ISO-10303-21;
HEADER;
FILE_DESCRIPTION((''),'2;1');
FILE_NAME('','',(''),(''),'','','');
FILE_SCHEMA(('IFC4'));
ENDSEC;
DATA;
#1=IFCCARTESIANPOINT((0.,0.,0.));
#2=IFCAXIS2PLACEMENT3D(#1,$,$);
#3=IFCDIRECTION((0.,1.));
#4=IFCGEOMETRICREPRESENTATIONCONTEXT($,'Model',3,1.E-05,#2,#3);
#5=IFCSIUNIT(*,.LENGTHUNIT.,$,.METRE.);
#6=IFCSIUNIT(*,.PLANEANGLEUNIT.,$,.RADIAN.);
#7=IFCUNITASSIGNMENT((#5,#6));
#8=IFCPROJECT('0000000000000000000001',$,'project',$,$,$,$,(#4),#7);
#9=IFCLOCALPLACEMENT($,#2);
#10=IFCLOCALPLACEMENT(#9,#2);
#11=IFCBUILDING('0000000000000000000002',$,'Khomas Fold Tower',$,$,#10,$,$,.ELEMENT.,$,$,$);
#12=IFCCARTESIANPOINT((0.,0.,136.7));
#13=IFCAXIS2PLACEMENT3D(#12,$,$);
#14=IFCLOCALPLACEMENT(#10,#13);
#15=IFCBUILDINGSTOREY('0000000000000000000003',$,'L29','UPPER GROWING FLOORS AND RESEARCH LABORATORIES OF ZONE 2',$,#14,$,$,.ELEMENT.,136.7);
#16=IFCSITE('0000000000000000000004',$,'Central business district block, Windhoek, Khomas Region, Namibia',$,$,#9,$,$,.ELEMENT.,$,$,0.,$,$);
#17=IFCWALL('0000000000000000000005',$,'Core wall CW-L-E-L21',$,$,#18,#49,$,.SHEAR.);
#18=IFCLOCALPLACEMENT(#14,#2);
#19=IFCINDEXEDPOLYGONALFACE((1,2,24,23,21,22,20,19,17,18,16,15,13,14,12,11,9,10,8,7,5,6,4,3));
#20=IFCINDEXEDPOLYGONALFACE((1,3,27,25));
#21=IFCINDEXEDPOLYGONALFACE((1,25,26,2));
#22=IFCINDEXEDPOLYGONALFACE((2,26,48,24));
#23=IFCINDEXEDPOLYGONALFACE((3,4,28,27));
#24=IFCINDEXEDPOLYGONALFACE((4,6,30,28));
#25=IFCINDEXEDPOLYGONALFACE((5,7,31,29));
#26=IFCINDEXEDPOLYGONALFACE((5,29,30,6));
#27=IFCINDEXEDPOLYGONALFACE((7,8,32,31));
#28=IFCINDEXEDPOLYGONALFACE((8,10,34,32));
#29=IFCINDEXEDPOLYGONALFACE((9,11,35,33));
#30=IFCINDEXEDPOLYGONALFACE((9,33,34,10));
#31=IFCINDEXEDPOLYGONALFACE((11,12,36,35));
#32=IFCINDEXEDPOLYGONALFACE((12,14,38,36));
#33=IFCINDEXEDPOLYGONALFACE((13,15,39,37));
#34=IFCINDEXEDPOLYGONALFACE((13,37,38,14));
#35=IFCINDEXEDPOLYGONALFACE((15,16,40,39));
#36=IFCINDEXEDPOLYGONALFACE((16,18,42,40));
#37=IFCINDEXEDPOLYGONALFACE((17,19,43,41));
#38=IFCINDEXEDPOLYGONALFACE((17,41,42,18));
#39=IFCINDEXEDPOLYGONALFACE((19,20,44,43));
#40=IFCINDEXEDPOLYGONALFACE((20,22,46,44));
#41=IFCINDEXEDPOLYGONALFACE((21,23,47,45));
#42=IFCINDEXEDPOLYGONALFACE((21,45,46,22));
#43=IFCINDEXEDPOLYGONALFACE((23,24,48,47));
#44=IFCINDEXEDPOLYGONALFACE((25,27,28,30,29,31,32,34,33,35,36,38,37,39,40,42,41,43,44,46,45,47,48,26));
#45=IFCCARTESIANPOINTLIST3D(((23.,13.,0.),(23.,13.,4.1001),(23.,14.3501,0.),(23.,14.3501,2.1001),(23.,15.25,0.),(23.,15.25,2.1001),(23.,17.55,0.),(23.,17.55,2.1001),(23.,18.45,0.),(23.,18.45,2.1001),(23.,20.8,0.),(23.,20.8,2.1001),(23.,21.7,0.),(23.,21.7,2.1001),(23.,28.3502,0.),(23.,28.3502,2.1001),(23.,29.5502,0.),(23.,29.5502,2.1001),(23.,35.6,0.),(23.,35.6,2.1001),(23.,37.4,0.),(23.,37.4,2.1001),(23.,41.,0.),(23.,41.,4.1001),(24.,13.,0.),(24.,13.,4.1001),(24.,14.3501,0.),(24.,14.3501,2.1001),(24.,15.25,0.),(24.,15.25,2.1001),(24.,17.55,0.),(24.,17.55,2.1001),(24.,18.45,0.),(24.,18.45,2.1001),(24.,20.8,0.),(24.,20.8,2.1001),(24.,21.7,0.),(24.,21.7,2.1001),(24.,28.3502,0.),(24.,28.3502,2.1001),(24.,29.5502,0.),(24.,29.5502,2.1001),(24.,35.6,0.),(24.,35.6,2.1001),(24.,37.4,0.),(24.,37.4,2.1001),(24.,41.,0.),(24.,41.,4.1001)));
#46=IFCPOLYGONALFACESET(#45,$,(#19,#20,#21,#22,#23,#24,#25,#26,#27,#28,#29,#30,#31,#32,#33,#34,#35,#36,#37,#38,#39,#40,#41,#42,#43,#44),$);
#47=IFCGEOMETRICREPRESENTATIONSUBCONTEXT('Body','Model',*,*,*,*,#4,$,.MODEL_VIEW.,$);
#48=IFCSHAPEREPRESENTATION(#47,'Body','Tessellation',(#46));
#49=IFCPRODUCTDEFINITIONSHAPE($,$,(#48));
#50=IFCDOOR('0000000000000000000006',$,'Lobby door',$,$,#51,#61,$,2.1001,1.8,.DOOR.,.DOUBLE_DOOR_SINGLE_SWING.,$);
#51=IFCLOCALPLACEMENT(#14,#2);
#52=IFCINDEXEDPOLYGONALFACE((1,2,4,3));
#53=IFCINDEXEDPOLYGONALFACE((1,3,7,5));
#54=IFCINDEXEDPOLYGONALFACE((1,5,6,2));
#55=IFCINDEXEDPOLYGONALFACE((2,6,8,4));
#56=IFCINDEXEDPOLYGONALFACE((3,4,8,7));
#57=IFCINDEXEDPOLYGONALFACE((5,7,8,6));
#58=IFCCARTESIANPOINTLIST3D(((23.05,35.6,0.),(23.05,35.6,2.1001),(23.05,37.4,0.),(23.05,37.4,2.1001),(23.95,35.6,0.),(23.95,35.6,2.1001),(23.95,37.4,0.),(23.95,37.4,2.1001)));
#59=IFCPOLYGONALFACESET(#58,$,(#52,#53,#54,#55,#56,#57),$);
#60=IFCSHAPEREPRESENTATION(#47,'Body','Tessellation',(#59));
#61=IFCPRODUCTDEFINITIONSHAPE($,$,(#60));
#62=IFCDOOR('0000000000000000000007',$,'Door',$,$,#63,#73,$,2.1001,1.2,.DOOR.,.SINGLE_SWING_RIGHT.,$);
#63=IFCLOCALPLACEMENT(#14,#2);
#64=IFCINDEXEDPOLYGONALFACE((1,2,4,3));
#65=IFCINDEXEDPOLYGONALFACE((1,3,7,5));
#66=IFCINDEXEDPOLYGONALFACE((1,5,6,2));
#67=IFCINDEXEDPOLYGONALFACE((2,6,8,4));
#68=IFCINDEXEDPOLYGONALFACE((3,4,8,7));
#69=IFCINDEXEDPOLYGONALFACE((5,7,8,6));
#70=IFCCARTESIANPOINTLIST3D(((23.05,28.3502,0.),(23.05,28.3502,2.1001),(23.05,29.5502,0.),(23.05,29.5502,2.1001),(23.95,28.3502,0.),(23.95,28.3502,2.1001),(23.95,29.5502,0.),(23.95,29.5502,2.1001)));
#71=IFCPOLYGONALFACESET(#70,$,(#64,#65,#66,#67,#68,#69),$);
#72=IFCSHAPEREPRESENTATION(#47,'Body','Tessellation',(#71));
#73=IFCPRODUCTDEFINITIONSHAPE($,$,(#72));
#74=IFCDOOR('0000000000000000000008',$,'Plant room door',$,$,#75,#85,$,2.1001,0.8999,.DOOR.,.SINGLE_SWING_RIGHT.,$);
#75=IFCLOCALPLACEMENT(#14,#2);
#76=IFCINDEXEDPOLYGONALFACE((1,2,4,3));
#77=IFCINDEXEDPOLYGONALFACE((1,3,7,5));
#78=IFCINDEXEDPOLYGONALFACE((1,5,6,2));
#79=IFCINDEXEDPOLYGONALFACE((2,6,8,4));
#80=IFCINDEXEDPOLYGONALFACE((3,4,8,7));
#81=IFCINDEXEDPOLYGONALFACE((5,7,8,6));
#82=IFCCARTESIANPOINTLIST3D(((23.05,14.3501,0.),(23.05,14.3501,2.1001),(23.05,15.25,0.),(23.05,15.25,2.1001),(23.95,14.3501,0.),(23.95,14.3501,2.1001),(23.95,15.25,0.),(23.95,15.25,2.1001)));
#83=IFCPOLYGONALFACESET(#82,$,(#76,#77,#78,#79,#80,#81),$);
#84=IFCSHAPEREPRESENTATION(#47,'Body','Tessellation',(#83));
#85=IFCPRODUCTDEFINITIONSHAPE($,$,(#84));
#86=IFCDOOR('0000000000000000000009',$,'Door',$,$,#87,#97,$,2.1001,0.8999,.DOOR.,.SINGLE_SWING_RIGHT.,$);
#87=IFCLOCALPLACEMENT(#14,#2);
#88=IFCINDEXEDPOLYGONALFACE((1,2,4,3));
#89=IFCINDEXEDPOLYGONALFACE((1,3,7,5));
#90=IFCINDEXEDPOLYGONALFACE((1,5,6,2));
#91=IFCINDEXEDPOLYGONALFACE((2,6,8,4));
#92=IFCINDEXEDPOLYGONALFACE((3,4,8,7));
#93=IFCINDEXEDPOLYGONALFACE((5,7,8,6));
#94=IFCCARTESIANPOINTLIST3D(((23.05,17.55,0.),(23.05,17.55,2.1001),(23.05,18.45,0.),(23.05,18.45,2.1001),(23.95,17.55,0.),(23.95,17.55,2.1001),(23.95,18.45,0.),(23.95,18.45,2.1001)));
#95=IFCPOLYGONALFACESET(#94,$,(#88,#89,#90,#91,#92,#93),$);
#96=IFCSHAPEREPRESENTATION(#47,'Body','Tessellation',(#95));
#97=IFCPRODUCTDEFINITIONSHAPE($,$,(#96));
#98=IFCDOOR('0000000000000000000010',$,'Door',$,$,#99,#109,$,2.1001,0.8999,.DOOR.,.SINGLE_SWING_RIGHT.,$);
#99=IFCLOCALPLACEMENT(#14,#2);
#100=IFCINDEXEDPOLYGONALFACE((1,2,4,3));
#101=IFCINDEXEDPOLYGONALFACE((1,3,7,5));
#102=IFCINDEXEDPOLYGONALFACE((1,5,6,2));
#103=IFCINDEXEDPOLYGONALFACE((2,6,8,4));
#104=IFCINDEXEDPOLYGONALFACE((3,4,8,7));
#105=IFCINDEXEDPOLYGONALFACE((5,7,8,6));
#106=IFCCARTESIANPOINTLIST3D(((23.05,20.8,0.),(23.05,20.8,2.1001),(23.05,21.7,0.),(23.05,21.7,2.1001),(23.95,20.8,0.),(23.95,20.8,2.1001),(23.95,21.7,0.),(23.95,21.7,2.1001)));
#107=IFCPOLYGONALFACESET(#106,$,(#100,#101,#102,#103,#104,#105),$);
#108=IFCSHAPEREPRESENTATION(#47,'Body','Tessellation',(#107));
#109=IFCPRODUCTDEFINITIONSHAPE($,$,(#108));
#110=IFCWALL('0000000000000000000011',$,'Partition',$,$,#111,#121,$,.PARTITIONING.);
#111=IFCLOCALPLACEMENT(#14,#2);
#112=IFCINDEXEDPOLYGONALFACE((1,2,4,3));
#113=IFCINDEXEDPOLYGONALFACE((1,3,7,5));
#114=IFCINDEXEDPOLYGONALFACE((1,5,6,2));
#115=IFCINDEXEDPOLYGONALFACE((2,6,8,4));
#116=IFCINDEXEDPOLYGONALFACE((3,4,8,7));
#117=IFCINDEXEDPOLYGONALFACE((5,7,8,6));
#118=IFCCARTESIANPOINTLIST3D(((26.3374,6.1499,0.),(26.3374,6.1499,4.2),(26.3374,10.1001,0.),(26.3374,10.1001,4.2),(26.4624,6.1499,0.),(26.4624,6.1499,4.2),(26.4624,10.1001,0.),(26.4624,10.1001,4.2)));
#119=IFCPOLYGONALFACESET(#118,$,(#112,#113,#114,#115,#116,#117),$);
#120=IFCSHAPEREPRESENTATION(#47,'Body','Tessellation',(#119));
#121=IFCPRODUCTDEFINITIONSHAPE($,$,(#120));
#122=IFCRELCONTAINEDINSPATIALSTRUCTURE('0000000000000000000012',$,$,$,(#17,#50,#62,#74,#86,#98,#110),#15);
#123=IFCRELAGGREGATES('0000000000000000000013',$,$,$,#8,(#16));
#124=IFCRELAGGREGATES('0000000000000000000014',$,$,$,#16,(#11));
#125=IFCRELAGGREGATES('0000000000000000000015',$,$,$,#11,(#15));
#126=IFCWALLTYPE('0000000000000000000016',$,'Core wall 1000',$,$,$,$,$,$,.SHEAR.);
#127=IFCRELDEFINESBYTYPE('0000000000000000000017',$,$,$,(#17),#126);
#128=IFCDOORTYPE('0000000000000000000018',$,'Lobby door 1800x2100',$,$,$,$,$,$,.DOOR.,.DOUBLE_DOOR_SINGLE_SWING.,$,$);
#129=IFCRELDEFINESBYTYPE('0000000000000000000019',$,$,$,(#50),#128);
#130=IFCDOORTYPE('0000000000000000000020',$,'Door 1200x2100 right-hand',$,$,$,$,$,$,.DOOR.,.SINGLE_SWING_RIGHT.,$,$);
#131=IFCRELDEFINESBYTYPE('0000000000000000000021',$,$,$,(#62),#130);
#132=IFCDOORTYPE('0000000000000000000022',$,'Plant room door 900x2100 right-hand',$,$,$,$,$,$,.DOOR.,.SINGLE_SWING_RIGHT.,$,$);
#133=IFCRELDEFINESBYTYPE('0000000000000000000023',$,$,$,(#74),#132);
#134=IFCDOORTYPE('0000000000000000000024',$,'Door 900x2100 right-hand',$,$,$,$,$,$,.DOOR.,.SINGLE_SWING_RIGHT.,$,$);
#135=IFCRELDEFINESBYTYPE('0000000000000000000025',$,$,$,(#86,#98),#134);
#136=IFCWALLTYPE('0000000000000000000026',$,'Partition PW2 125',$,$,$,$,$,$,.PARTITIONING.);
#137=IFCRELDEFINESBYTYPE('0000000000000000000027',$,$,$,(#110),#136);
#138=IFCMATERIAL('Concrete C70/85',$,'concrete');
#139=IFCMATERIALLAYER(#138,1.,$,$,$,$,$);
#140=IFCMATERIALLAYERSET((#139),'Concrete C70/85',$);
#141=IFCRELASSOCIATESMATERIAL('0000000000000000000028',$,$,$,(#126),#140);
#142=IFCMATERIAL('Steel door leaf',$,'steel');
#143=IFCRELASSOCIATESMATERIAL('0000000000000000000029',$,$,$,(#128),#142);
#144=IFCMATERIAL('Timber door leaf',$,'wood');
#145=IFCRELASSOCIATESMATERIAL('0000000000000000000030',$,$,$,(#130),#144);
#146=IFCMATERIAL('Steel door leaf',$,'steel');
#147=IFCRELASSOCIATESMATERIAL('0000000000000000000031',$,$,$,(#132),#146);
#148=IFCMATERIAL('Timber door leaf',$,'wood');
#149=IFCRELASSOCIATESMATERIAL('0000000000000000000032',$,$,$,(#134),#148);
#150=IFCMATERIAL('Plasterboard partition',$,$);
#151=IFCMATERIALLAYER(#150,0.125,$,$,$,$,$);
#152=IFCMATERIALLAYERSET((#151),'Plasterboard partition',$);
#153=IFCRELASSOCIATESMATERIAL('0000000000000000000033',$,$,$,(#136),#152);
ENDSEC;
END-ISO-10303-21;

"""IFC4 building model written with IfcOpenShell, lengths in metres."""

from ifc_helpers import new_model, si_unit, direction, frame, frame_2d, origin, place, context, subcontext, project, spatial, rectangle, extrude, source, transform, mapped, material, layer, layer_set, type_object, element, fill, save


model = new_model("IFC4")

# Units and contexts
model_context = context("Model", 3, precision=1e-05, world=origin(), true_north=direction((0.0, 1.0)))
body_context = subcontext(model_context, "Body", "Model", "MODEL_VIEW")
ifc_project = project(units=[si_unit("LENGTHUNIT", "METRE"), si_unit("PLANEANGLEUNIT", "RADIAN")], contexts=[model_context])

# Site, building, storey
site_placement = place(None, origin())
site = spatial("IfcSite", under=ifc_project, at=site_placement, Name="Central business district block, Windhoek, Khomas Region, Namibia", CompositionType="ELEMENT", RefElevation=0.0)
building_placement = place(site_placement, origin())
building = spatial("IfcBuilding", under=site, at=building_placement, Name="Khomas Fold Tower", CompositionType="ELEMENT")
storey_placement = place(building_placement, frame((0.0, 0.0, 136.7)))
storey = spatial("IfcBuildingStorey", under=building, at=storey_placement, Name="L29", Description="UPPER GROWING FLOORS AND RESEARCH LABORATORIES OF ZONE 2", CompositionType="ELEMENT", Elevation=136.7)

# Wall, openings, doors
ifc_material_1 = material(Name="Concrete C70/85", Category="concrete")
ifc_layer_1 = layer(ifc_material_1, 1.0)
ifc_layer_set_1 = layer_set([ifc_layer_1], Name="Concrete C70/85")
wall_type_1 = type_object("IfcWallType", Name="Core wall 1000", PredefinedType="SHEAR", material=ifc_layer_set_1)
shared_shape_1 = source(origin(), body_context, "Body", "SweptSolid", [
    extrude(rectangle(XDim=28.0, YDim=1.0, at=frame_2d((14.0, 0.0))), origin(), (0.0, 0.0, 1.0), 4.1001),
])
wall_1_placement = place(storey_placement, frame((23.5, 13.0, 0.0), z_axis=(0.0, 0.0, 1.0), x_axis=(0.0, 1.0, 0.0)))
wall_1 = element("IfcWall", 1, at=wall_1_placement, inside=storey, type_object=wall_type_1, Name="Core wall CW-L-E-L21", PredefinedType="SHEAR", context=body_context, shape_type="MappedRepresentation", body=[
    mapped(shared_shape_1, transform((0.0, 0.0, 0.0))),
])
shared_shape_2 = source(origin(), body_context, "Body", "SweptSolid", [
    extrude(rectangle(XDim=1.8, YDim=2.1001, at=frame_2d((0.8999, 1.05))), frame((0.0, 0.51, 0.0), z_axis=(0.0, -1.0, 0.0), x_axis=(1.0, 0.0, 0.0)), (0.0, 0.0, 1.0), 1.02),
])
opening_1_placement = place(wall_1_placement, frame((22.6001, 0.0, 0.0)))
opening_1 = element("IfcOpeningElement", 2, at=opening_1_placement, cuts=wall_1, PredefinedType="OPENING", context=body_context, shape_type="MappedRepresentation", body=[
    mapped(shared_shape_2, transform((0.0, 0.0, 0.0))),
])
shared_shape_3 = source(origin(), body_context, "Body", "SweptSolid", [
    extrude(rectangle(XDim=1.2, YDim=2.1001, at=frame_2d((0.6001, 1.05))), frame((0.0, 0.51, 0.0), z_axis=(0.0, -1.0, 0.0), x_axis=(1.0, 0.0, 0.0)), (0.0, 0.0, 1.0), 1.02),
])
opening_2_placement = place(wall_1_placement, frame((15.3501, 0.0, 0.0)))
opening_2 = element("IfcOpeningElement", 3, at=opening_2_placement, cuts=wall_1, PredefinedType="OPENING", context=body_context, shape_type="MappedRepresentation", body=[
    mapped(shared_shape_3, transform((0.0, 0.0, 0.0))),
])
shared_shape_4 = source(origin(), body_context, "Body", "SweptSolid", [
    extrude(rectangle(XDim=0.8999, YDim=2.1001, at=frame_2d((0.45, 1.05))), frame((0.0, 0.51, 0.0), z_axis=(0.0, -1.0, 0.0), x_axis=(1.0, 0.0, 0.0)), (0.0, 0.0, 1.0), 1.02),
])
opening_3_placement = place(wall_1_placement, frame((1.3501, 0.0, 0.0)))
opening_3 = element("IfcOpeningElement", 4, at=opening_3_placement, cuts=wall_1, PredefinedType="OPENING", context=body_context, shape_type="MappedRepresentation", body=[
    mapped(shared_shape_4, transform((0.0, 0.0, 0.0))),
])
opening_4_placement = place(wall_1_placement, frame((4.55, 0.0, 0.0)))
opening_4 = element("IfcOpeningElement", 5, at=opening_4_placement, cuts=wall_1, PredefinedType="OPENING", context=body_context, shape_type="MappedRepresentation", body=[
    mapped(shared_shape_4, transform((0.0, 0.0, 0.0))),
])
opening_5_placement = place(wall_1_placement, frame((7.8, 0.0, 0.0)))
opening_5 = element("IfcOpeningElement", 6, at=opening_5_placement, cuts=wall_1, PredefinedType="OPENING", context=body_context, shape_type="MappedRepresentation", body=[
    mapped(shared_shape_4, transform((0.0, 0.0, 0.0))),
])
ifc_material_2 = material(Name="Steel door leaf", Category="steel")
door_type_1 = type_object("IfcDoorType", Name="Lobby door 1800x2100", OperationType="DOUBLE_DOOR_SINGLE_SWING", PredefinedType="DOOR", material=ifc_material_2)
shared_shape_5 = source(origin(), body_context, "Body", "SweptSolid", [
    extrude(rectangle(XDim=1.8, YDim=2.1001, at=frame_2d((0.8999, 1.05))), frame((0.0, 0.45, 0.0), z_axis=(0.0, -1.0, 0.0), x_axis=(1.0, 0.0, 0.0)), (0.0, 0.0, 1.0), 0.8999),
])
door_1_placement = place(opening_1_placement, origin())
door_1 = element("IfcDoor", 7, at=door_1_placement, inside=storey, type_object=door_type_1, Name="Lobby door", OperationType="DOUBLE_DOOR_SINGLE_SWING", OverallHeight=2.1001, OverallWidth=1.8, PredefinedType="DOOR", context=body_context, shape_type="MappedRepresentation", body=[
    mapped(shared_shape_5, transform((0.0, 0.0, 0.0))),
])
fill(opening_1, door_1)
ifc_material_3 = material(Name="Timber door leaf", Category="wood")
door_type_2 = type_object("IfcDoorType", Name="Door 1200x2100 right-hand", OperationType="SINGLE_SWING_RIGHT", PredefinedType="DOOR", material=ifc_material_3)
shared_shape_6 = source(origin(), body_context, "Body", "SweptSolid", [
    extrude(rectangle(XDim=1.2, YDim=2.1001, at=frame_2d((0.6001, 1.05))), frame((0.0, 0.45, 0.0), z_axis=(0.0, -1.0, 0.0), x_axis=(1.0, 0.0, 0.0)), (0.0, 0.0, 1.0), 0.8999),
])
door_2_placement = place(opening_2_placement, origin())
door_2 = element("IfcDoor", 8, at=door_2_placement, inside=storey, type_object=door_type_2, Name="Door", OperationType="SINGLE_SWING_RIGHT", OverallHeight=2.1001, OverallWidth=1.2, PredefinedType="DOOR", context=body_context, shape_type="MappedRepresentation", body=[
    mapped(shared_shape_6, transform((0.0, 0.0, 0.0))),
])
fill(opening_2, door_2)
ifc_material_4 = material(Name="Steel door leaf", Category="steel")
door_type_3 = type_object("IfcDoorType", Name="Plant room door 900x2100 right-hand", OperationType="SINGLE_SWING_RIGHT", PredefinedType="DOOR", material=ifc_material_4)
shared_shape_7 = source(origin(), body_context, "Body", "SweptSolid", [
    extrude(rectangle(XDim=0.8999, YDim=2.1001, at=frame_2d((0.45, 1.05))), frame((0.0, 0.45, 0.0), z_axis=(0.0, -1.0, 0.0), x_axis=(1.0, 0.0, 0.0)), (0.0, 0.0, 1.0), 0.8999),
])
door_3_placement = place(opening_3_placement, origin())
door_3 = element("IfcDoor", 9, at=door_3_placement, inside=storey, type_object=door_type_3, Name="Plant room door", OperationType="SINGLE_SWING_RIGHT", OverallHeight=2.1001, OverallWidth=0.8999, PredefinedType="DOOR", context=body_context, shape_type="MappedRepresentation", body=[
    mapped(shared_shape_7, transform((0.0, 0.0, 0.0))),
])
fill(opening_3, door_3)
ifc_material_5 = material(Name="Timber door leaf", Category="wood")
door_type_4 = type_object("IfcDoorType", Name="Door 900x2100 right-hand", OperationType="SINGLE_SWING_RIGHT", PredefinedType="DOOR", material=ifc_material_5)
door_4_placement = place(opening_4_placement, origin())
door_4 = element("IfcDoor", 10, at=door_4_placement, inside=storey, type_object=door_type_4, Name="Door", OperationType="SINGLE_SWING_RIGHT", OverallHeight=2.1001, OverallWidth=0.8999, PredefinedType="DOOR", context=body_context, shape_type="MappedRepresentation", body=[
    mapped(shared_shape_7, transform((0.0, 0.0, 0.0))),
])
fill(opening_4, door_4)
door_5_placement = place(opening_5_placement, origin())
door_5 = element("IfcDoor", 11, at=door_5_placement, inside=storey, type_object=door_type_4, Name="Door", OperationType="SINGLE_SWING_RIGHT", OverallHeight=2.1001, OverallWidth=0.8999, PredefinedType="DOOR", context=body_context, shape_type="MappedRepresentation", body=[
    mapped(shared_shape_7, transform((0.0, 0.0, 0.0))),
])
fill(opening_5, door_5)

# Wall
ifc_material_6 = material(Name="Plasterboard partition")
ifc_layer_2 = layer(ifc_material_6, 0.125)
ifc_layer_set_2 = layer_set([ifc_layer_2], Name="Plasterboard partition")
wall_type_2 = type_object("IfcWallType", Name="Partition PW2 125", PredefinedType="PARTITIONING", material=ifc_layer_set_2)
shared_shape_8 = source(origin(), body_context, "Body", "SweptSolid", [
    extrude(rectangle(XDim=3.9502, YDim=0.125, at=frame_2d((1.9751, 0.0))), origin(), (0.0, 0.0, 1.0), 4.2),
])
wall_2_placement = place(storey_placement, frame((26.3999, 6.1499, 0.0), z_axis=(0.0, 0.0, 1.0), x_axis=(0.0, 1.0, 0.0)))
element("IfcWall", 12, at=wall_2_placement, inside=storey, type_object=wall_type_2, Name="Partition", PredefinedType="PARTITIONING", context=body_context, shape_type="MappedRepresentation", body=[
    mapped(shared_shape_8, transform((0.0, 0.0, 0.0))),
])

save(model, "model.ifc")
